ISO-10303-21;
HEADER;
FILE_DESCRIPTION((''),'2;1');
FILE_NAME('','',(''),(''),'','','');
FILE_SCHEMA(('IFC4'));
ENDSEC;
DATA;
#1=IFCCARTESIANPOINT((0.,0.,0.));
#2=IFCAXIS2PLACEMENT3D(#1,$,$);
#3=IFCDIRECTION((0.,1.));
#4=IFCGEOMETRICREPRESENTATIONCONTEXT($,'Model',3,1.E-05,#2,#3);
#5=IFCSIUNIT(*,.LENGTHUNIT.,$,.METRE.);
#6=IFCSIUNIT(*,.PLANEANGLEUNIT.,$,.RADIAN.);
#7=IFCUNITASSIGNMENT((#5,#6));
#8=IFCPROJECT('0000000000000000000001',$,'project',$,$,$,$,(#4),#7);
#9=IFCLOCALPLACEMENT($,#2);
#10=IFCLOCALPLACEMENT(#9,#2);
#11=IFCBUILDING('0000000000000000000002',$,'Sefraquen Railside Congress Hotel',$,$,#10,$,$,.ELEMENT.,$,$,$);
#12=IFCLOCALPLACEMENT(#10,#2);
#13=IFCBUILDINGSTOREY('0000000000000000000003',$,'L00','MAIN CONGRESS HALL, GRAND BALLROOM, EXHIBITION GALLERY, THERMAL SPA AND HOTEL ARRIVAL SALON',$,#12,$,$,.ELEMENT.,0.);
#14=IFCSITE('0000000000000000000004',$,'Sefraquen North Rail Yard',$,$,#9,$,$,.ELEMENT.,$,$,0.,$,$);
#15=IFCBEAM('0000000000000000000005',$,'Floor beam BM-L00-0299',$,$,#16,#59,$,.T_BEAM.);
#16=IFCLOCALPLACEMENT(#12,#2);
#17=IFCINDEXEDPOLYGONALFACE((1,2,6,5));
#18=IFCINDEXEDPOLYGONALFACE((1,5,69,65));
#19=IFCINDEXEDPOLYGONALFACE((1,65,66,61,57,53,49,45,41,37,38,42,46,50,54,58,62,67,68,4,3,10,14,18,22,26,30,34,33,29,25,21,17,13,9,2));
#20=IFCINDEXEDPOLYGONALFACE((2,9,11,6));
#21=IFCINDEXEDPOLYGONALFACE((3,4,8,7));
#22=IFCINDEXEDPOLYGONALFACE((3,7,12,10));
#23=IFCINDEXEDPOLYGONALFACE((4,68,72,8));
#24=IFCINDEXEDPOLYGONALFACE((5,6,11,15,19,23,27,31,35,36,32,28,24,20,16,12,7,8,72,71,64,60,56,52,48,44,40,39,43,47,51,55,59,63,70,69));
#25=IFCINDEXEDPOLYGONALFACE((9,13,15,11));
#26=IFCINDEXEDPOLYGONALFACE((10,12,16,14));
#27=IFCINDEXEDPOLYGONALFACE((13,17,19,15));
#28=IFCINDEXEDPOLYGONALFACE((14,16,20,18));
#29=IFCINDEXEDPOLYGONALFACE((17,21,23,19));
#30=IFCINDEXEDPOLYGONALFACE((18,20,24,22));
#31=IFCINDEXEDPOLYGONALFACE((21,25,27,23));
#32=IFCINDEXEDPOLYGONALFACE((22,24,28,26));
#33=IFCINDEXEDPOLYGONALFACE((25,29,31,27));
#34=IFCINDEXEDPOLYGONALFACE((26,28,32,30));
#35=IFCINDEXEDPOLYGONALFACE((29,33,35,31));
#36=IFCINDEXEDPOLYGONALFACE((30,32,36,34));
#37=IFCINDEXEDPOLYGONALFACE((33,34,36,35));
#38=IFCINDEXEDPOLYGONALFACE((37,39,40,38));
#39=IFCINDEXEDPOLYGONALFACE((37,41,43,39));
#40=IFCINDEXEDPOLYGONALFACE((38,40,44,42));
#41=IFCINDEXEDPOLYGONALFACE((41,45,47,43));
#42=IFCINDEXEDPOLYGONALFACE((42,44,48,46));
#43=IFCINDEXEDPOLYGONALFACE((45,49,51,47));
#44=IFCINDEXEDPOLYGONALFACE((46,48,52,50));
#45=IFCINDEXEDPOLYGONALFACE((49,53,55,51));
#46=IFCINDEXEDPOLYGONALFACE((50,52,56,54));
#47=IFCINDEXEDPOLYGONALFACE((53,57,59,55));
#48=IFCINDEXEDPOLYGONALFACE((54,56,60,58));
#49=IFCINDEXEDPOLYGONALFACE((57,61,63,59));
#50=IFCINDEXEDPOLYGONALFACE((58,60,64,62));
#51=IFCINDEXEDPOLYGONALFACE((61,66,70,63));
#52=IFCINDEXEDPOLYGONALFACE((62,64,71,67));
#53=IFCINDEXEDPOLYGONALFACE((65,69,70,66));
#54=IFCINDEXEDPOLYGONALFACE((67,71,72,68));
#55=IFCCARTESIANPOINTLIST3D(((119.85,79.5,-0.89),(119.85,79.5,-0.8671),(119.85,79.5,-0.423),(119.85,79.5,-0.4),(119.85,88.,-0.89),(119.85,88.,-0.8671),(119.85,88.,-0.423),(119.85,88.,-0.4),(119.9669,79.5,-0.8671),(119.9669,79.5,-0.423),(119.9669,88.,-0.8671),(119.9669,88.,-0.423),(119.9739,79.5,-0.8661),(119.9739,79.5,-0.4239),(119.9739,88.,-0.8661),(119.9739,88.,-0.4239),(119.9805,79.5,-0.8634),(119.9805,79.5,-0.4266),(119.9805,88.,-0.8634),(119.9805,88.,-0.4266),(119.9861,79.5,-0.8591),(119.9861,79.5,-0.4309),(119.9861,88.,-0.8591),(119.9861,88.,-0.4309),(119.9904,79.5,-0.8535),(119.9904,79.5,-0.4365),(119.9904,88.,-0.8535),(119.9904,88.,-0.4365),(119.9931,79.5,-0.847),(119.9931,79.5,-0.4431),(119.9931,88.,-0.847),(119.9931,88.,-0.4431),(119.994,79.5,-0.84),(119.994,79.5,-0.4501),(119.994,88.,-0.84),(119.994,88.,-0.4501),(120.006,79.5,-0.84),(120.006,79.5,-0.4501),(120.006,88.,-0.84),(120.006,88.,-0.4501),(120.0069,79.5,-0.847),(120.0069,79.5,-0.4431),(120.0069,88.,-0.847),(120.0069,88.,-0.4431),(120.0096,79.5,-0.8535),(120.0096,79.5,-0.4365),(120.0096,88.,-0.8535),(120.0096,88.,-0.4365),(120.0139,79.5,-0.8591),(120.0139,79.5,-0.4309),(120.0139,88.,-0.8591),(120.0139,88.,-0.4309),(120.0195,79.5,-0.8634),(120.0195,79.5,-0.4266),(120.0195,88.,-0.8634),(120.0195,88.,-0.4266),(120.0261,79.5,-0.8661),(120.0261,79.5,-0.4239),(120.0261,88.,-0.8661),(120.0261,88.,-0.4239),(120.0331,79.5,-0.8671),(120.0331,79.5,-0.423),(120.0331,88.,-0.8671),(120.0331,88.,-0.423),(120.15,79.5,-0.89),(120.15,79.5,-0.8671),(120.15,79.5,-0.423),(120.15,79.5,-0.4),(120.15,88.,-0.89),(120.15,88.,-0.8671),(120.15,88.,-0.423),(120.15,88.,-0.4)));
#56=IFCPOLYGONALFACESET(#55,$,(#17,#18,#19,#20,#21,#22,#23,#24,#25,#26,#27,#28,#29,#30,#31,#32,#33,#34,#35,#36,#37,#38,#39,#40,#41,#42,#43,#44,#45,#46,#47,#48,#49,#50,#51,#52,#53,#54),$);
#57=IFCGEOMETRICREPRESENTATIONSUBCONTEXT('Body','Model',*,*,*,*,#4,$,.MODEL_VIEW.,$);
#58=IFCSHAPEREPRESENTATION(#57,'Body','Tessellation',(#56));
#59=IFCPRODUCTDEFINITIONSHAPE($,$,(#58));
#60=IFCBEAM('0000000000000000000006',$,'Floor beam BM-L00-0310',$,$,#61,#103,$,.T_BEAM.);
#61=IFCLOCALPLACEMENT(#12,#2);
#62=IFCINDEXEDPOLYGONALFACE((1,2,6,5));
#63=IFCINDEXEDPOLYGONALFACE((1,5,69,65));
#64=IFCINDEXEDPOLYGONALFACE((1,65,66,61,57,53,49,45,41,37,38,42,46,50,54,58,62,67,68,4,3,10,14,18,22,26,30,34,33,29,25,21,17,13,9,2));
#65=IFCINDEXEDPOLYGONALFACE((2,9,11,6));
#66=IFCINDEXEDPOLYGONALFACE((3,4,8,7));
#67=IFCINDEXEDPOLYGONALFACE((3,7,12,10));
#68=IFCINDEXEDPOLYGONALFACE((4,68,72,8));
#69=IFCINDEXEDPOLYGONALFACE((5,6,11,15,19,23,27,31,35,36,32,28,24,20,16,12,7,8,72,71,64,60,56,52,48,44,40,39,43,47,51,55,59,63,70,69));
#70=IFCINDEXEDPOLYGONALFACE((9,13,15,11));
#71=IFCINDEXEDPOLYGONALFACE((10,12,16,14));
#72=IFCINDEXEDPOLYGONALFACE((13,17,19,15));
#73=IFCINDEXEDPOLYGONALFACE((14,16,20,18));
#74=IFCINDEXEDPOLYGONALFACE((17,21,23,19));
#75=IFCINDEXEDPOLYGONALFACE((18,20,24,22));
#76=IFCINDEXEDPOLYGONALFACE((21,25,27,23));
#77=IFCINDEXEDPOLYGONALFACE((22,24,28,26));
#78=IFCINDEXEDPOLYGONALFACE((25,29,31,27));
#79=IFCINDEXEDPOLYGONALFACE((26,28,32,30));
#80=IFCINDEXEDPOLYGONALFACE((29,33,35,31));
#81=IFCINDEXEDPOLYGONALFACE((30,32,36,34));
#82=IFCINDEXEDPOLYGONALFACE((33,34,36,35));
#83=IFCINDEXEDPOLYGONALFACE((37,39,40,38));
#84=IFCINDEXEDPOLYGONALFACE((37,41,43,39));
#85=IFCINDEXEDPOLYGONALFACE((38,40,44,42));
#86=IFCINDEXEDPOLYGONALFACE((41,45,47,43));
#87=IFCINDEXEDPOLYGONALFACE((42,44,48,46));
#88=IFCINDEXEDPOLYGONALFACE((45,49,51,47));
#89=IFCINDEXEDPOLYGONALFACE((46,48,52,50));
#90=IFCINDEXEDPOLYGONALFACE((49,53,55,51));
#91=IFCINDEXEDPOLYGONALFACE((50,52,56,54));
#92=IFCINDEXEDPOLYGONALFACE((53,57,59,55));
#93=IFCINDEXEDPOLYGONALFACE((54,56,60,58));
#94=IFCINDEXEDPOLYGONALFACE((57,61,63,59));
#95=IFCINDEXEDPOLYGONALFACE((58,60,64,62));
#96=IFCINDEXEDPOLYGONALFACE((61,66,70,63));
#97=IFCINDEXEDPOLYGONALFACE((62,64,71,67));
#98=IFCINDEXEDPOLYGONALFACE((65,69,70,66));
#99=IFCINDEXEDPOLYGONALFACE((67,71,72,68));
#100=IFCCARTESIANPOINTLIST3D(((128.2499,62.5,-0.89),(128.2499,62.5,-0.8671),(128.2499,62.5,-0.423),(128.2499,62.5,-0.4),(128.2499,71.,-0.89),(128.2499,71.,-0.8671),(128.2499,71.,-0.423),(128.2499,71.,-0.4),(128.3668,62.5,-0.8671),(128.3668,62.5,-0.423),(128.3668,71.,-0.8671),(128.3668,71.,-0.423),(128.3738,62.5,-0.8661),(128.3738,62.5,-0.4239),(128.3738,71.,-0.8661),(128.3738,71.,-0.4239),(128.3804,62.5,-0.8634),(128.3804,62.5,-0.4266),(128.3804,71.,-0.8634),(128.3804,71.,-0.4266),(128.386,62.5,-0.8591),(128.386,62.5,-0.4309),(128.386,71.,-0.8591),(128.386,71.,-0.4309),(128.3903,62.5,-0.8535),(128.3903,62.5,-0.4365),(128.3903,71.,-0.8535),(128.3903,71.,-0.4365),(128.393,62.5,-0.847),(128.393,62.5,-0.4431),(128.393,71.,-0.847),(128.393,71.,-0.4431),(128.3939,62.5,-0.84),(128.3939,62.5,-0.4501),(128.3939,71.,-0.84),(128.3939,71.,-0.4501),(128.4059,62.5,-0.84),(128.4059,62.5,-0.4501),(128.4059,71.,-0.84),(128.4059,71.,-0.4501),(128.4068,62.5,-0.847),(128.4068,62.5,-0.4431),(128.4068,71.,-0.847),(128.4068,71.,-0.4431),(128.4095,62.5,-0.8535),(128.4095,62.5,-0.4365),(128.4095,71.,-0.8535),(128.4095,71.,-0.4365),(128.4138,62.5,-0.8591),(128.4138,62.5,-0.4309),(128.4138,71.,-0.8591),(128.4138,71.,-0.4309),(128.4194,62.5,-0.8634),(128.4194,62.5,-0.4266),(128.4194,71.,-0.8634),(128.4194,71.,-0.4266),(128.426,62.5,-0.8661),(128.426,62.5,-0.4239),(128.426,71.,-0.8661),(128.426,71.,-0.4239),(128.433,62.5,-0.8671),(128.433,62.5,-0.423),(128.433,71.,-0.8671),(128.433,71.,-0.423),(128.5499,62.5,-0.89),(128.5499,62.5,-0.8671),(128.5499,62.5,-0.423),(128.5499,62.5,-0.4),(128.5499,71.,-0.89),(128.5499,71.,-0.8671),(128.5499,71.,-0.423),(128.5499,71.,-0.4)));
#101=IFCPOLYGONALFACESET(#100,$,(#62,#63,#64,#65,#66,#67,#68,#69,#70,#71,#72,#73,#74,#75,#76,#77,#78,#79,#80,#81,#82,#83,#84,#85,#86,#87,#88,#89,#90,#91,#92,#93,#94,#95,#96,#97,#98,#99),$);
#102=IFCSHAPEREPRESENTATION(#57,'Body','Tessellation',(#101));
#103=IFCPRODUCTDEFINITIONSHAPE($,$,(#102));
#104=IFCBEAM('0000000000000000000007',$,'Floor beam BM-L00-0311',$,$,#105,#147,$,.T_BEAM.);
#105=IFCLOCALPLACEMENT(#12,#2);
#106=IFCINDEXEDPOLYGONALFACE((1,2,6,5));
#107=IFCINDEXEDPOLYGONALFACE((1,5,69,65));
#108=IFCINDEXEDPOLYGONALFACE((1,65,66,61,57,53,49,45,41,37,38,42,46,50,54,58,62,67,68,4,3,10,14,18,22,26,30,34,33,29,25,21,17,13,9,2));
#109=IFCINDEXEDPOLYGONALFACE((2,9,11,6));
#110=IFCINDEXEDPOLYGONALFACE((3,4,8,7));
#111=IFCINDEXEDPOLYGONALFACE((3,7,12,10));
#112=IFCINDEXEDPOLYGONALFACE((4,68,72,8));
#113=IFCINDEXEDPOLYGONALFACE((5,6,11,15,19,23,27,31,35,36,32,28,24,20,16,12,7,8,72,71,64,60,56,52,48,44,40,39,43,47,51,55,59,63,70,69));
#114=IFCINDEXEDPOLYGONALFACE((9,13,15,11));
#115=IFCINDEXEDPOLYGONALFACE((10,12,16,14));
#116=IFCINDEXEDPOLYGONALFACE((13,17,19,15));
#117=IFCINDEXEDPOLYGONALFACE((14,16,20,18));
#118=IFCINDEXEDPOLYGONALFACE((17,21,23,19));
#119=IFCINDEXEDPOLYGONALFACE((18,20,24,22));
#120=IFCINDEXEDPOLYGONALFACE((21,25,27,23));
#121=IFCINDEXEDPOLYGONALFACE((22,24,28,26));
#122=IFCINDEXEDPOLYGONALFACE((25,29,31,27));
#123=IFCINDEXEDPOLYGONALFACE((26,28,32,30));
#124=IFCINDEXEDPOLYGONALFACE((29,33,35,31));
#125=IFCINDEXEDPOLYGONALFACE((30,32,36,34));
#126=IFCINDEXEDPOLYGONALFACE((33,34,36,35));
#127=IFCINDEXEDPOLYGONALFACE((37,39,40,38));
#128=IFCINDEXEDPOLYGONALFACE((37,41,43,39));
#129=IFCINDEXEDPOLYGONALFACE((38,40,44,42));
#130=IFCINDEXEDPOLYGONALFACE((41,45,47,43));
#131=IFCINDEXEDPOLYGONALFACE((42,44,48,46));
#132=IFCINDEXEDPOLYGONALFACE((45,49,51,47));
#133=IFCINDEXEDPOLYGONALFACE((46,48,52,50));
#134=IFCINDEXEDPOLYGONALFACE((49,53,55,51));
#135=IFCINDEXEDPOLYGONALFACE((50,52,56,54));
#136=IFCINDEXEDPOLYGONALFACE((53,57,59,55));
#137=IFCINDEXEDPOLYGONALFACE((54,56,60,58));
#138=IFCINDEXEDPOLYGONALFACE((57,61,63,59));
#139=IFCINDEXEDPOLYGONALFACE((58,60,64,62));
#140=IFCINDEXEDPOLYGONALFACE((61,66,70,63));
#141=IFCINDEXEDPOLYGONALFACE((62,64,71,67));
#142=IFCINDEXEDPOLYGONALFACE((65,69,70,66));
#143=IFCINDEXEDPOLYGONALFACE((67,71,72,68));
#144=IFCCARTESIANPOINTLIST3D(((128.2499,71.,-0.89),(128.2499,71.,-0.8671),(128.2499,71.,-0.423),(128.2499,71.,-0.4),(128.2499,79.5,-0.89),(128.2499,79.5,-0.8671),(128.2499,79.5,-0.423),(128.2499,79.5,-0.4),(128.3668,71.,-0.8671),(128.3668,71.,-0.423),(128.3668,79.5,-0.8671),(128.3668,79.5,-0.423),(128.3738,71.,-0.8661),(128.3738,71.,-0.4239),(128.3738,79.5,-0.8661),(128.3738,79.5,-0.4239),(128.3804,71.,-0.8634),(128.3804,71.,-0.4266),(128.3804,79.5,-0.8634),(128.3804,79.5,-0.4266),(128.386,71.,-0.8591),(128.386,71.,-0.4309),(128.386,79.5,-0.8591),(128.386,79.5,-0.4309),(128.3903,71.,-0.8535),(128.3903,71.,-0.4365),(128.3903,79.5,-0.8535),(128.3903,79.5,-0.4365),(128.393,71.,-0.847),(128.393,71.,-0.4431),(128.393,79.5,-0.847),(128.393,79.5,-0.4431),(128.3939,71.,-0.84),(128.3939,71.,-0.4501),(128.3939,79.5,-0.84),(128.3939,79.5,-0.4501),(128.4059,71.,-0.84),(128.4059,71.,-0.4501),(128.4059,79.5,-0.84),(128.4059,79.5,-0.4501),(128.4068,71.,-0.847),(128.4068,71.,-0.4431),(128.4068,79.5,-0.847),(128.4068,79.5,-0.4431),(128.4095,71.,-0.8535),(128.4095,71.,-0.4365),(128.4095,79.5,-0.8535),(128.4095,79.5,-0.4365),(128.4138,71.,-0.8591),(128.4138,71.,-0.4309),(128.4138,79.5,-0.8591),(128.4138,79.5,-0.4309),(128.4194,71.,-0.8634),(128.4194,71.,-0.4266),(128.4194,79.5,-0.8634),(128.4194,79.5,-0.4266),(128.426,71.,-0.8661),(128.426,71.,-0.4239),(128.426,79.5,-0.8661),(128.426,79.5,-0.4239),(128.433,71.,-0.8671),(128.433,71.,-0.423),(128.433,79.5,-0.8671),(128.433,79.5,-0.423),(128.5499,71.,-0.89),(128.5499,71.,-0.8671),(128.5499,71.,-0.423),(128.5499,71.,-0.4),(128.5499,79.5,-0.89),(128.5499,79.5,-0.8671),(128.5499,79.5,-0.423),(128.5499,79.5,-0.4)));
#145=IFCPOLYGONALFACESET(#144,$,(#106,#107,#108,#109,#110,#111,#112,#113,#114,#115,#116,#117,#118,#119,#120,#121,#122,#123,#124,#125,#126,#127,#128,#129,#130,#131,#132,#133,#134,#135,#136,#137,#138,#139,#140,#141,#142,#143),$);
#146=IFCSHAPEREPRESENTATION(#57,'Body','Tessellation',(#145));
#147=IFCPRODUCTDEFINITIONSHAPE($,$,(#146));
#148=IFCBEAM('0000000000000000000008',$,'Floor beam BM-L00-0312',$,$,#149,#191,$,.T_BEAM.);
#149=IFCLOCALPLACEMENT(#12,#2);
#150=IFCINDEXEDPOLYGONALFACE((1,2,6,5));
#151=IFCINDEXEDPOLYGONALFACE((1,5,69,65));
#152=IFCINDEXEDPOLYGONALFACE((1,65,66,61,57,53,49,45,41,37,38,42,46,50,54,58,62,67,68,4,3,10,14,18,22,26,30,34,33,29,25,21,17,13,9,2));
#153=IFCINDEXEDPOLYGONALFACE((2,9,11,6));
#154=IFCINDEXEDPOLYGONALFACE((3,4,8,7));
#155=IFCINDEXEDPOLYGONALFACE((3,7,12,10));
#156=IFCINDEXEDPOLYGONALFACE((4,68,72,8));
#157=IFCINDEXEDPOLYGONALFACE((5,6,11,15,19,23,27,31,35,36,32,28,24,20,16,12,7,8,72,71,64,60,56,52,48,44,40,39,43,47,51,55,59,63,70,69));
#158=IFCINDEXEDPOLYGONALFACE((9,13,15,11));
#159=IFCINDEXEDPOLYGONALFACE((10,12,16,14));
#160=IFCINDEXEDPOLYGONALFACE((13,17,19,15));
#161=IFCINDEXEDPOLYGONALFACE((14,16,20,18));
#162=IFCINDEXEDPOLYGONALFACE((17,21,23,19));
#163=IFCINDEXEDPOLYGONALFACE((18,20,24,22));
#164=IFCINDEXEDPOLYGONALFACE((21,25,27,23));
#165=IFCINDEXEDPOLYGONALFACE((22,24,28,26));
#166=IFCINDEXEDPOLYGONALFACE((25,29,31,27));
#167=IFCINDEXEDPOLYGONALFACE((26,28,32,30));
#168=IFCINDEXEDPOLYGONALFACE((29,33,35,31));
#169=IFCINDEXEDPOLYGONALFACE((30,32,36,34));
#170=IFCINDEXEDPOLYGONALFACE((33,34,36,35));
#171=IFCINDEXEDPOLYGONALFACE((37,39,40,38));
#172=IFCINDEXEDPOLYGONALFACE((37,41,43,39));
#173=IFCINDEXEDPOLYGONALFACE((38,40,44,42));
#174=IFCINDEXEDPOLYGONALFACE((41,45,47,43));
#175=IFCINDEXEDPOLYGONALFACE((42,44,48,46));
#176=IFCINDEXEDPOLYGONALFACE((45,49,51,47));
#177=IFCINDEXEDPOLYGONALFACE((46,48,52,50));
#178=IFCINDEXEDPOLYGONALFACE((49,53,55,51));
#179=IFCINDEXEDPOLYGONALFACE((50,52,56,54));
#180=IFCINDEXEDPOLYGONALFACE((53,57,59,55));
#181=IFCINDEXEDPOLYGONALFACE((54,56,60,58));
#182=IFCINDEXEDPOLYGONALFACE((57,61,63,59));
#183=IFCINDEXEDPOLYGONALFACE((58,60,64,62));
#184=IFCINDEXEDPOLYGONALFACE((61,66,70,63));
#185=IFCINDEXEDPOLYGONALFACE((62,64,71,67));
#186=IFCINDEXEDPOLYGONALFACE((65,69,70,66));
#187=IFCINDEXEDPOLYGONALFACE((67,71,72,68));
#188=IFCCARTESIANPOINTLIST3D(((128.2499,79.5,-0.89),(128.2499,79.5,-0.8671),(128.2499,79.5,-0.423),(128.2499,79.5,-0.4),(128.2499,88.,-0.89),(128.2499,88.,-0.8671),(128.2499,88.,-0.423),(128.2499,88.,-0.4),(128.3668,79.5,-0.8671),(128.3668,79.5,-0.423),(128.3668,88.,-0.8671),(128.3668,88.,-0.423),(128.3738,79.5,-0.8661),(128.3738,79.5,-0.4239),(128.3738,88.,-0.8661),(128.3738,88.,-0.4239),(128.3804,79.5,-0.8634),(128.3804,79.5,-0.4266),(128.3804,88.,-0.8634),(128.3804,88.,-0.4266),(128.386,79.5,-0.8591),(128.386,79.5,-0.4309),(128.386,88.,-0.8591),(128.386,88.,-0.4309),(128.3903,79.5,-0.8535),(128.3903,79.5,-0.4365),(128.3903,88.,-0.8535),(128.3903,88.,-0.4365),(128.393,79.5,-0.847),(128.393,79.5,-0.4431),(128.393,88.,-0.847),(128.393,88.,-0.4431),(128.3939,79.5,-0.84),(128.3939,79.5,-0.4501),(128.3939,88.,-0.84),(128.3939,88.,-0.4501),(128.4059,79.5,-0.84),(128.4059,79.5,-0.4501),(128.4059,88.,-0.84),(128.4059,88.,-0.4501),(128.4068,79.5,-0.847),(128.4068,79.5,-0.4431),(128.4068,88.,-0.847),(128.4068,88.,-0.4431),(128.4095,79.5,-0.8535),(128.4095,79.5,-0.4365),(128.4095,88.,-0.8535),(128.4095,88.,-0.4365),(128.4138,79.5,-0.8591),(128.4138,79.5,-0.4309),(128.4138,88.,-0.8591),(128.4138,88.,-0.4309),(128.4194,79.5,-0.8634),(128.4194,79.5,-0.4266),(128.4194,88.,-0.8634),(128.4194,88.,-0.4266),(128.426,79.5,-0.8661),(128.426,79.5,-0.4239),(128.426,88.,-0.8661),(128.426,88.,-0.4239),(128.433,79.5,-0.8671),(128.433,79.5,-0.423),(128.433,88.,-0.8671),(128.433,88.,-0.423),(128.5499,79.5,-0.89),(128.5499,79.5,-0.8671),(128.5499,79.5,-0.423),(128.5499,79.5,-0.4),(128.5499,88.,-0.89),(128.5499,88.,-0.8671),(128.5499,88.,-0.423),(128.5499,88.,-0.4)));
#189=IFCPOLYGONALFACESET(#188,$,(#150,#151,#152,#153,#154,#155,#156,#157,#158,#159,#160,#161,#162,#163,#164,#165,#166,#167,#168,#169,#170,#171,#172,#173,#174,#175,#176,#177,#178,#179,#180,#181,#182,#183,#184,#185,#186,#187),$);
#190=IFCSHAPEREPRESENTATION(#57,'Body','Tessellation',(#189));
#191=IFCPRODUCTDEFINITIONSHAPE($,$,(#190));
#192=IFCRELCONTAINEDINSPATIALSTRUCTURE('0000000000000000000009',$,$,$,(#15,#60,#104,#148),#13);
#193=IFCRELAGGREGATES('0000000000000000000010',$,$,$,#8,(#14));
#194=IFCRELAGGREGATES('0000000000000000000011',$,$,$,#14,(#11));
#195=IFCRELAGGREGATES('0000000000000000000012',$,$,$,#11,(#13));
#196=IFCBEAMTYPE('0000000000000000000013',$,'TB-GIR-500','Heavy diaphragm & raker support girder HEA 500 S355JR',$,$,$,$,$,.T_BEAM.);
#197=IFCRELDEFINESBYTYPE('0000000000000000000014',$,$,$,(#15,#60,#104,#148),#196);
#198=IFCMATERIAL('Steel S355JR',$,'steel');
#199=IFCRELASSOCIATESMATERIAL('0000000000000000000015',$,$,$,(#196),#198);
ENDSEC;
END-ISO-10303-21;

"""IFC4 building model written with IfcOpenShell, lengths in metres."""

from ifc_helpers import new_model, si_unit, direction, frame, origin, origin_2d, place, context, subcontext, project, spatial, i_section, extrude, material, material_profile, profile_set, type_object, element, save


model = new_model("IFC4")

# Units and contexts
model_context = context("Model", 3, precision=1e-05, world=origin(), true_north=direction((0.0, 1.0)))
body_context = subcontext(model_context, "Body", "Model", "MODEL_VIEW")
ifc_project = project(units=[si_unit("LENGTHUNIT", "METRE"), si_unit("PLANEANGLEUNIT", "RADIAN")], contexts=[model_context])

# Site, building, storey
site_placement = place(None, origin())
site = spatial("IfcSite", under=ifc_project, at=site_placement, Name="Sefraquen North Rail Yard", CompositionType="ELEMENT", RefElevation=0.0)
building_placement = place(site_placement, origin())
building = spatial("IfcBuilding", under=site, at=building_placement, Name="Sefraquen Railside Congress Hotel", CompositionType="ELEMENT")
storey_placement = place(building_placement, origin())
storey = spatial("IfcBuildingStorey", under=building, at=storey_placement, Name="L00", Description="MAIN CONGRESS HALL, GRAND BALLROOM, EXHIBITION GALLERY, THERMAL SPA AND HOTEL ARRIVAL SALON", CompositionType="ELEMENT", Elevation=0.0)

# Shared definitions
ifc_material_1 = material(Name="Steel S355JR", Category="steel")

# Beams
ifc_material_profile_1 = material_profile(ifc_material_1, i_section(OverallWidth=0.3, OverallDepth=0.49, WebThickness=0.012, FlangeThickness=0.0229, FilletRadius=0.0271, at=origin_2d()), Name="HEA 500")
ifc_profile_set_1 = profile_set([ifc_material_profile_1], Name="Steel S355JR")
beam_type_1 = type_object("IfcBeamType", Name="TB-GIR-500", Description="Heavy diaphragm & raker support girder HEA 500 S355JR", PredefinedType="T_BEAM", material=ifc_profile_set_1)
for number, where, z_axis, x_axis, name in (
    (1, (120.0, 79.5, -0.645), (0.0, 1.0, 0.0), (-1.0, 0.0, 0.0), "Floor beam BM-L00-0299"),
    (2, (128.3999, 62.5, -0.645), (0.0, 1.0, 0.0), (-1.0, 0.0, 0.0), "Floor beam BM-L00-0310"),
    (3, (128.3999, 71.0, -0.645), (0.0, 1.0, 0.0), (-1.0, 0.0, 0.0), "Floor beam BM-L00-0311"),
    (4, (128.3999, 79.5, -0.645), (0.0, 1.0, 0.0), (-1.0, 0.0, 0.0), "Floor beam BM-L00-0312"),
):
    element("IfcBeam", number, at=place(storey_placement, frame(where, z_axis=z_axis, x_axis=x_axis)), inside=storey, type_object=beam_type_1, Name=name, PredefinedType="T_BEAM", context=body_context, shape_type="SweptSolid", body=[
        extrude(i_section(OverallWidth=0.3, OverallDepth=0.49, WebThickness=0.012, FlangeThickness=0.0229, FilletRadius=0.0271, at=origin_2d()), origin(), (0.0, 0.0, 1.0), 8.5),
    ])

save(model, "model.ifc")
